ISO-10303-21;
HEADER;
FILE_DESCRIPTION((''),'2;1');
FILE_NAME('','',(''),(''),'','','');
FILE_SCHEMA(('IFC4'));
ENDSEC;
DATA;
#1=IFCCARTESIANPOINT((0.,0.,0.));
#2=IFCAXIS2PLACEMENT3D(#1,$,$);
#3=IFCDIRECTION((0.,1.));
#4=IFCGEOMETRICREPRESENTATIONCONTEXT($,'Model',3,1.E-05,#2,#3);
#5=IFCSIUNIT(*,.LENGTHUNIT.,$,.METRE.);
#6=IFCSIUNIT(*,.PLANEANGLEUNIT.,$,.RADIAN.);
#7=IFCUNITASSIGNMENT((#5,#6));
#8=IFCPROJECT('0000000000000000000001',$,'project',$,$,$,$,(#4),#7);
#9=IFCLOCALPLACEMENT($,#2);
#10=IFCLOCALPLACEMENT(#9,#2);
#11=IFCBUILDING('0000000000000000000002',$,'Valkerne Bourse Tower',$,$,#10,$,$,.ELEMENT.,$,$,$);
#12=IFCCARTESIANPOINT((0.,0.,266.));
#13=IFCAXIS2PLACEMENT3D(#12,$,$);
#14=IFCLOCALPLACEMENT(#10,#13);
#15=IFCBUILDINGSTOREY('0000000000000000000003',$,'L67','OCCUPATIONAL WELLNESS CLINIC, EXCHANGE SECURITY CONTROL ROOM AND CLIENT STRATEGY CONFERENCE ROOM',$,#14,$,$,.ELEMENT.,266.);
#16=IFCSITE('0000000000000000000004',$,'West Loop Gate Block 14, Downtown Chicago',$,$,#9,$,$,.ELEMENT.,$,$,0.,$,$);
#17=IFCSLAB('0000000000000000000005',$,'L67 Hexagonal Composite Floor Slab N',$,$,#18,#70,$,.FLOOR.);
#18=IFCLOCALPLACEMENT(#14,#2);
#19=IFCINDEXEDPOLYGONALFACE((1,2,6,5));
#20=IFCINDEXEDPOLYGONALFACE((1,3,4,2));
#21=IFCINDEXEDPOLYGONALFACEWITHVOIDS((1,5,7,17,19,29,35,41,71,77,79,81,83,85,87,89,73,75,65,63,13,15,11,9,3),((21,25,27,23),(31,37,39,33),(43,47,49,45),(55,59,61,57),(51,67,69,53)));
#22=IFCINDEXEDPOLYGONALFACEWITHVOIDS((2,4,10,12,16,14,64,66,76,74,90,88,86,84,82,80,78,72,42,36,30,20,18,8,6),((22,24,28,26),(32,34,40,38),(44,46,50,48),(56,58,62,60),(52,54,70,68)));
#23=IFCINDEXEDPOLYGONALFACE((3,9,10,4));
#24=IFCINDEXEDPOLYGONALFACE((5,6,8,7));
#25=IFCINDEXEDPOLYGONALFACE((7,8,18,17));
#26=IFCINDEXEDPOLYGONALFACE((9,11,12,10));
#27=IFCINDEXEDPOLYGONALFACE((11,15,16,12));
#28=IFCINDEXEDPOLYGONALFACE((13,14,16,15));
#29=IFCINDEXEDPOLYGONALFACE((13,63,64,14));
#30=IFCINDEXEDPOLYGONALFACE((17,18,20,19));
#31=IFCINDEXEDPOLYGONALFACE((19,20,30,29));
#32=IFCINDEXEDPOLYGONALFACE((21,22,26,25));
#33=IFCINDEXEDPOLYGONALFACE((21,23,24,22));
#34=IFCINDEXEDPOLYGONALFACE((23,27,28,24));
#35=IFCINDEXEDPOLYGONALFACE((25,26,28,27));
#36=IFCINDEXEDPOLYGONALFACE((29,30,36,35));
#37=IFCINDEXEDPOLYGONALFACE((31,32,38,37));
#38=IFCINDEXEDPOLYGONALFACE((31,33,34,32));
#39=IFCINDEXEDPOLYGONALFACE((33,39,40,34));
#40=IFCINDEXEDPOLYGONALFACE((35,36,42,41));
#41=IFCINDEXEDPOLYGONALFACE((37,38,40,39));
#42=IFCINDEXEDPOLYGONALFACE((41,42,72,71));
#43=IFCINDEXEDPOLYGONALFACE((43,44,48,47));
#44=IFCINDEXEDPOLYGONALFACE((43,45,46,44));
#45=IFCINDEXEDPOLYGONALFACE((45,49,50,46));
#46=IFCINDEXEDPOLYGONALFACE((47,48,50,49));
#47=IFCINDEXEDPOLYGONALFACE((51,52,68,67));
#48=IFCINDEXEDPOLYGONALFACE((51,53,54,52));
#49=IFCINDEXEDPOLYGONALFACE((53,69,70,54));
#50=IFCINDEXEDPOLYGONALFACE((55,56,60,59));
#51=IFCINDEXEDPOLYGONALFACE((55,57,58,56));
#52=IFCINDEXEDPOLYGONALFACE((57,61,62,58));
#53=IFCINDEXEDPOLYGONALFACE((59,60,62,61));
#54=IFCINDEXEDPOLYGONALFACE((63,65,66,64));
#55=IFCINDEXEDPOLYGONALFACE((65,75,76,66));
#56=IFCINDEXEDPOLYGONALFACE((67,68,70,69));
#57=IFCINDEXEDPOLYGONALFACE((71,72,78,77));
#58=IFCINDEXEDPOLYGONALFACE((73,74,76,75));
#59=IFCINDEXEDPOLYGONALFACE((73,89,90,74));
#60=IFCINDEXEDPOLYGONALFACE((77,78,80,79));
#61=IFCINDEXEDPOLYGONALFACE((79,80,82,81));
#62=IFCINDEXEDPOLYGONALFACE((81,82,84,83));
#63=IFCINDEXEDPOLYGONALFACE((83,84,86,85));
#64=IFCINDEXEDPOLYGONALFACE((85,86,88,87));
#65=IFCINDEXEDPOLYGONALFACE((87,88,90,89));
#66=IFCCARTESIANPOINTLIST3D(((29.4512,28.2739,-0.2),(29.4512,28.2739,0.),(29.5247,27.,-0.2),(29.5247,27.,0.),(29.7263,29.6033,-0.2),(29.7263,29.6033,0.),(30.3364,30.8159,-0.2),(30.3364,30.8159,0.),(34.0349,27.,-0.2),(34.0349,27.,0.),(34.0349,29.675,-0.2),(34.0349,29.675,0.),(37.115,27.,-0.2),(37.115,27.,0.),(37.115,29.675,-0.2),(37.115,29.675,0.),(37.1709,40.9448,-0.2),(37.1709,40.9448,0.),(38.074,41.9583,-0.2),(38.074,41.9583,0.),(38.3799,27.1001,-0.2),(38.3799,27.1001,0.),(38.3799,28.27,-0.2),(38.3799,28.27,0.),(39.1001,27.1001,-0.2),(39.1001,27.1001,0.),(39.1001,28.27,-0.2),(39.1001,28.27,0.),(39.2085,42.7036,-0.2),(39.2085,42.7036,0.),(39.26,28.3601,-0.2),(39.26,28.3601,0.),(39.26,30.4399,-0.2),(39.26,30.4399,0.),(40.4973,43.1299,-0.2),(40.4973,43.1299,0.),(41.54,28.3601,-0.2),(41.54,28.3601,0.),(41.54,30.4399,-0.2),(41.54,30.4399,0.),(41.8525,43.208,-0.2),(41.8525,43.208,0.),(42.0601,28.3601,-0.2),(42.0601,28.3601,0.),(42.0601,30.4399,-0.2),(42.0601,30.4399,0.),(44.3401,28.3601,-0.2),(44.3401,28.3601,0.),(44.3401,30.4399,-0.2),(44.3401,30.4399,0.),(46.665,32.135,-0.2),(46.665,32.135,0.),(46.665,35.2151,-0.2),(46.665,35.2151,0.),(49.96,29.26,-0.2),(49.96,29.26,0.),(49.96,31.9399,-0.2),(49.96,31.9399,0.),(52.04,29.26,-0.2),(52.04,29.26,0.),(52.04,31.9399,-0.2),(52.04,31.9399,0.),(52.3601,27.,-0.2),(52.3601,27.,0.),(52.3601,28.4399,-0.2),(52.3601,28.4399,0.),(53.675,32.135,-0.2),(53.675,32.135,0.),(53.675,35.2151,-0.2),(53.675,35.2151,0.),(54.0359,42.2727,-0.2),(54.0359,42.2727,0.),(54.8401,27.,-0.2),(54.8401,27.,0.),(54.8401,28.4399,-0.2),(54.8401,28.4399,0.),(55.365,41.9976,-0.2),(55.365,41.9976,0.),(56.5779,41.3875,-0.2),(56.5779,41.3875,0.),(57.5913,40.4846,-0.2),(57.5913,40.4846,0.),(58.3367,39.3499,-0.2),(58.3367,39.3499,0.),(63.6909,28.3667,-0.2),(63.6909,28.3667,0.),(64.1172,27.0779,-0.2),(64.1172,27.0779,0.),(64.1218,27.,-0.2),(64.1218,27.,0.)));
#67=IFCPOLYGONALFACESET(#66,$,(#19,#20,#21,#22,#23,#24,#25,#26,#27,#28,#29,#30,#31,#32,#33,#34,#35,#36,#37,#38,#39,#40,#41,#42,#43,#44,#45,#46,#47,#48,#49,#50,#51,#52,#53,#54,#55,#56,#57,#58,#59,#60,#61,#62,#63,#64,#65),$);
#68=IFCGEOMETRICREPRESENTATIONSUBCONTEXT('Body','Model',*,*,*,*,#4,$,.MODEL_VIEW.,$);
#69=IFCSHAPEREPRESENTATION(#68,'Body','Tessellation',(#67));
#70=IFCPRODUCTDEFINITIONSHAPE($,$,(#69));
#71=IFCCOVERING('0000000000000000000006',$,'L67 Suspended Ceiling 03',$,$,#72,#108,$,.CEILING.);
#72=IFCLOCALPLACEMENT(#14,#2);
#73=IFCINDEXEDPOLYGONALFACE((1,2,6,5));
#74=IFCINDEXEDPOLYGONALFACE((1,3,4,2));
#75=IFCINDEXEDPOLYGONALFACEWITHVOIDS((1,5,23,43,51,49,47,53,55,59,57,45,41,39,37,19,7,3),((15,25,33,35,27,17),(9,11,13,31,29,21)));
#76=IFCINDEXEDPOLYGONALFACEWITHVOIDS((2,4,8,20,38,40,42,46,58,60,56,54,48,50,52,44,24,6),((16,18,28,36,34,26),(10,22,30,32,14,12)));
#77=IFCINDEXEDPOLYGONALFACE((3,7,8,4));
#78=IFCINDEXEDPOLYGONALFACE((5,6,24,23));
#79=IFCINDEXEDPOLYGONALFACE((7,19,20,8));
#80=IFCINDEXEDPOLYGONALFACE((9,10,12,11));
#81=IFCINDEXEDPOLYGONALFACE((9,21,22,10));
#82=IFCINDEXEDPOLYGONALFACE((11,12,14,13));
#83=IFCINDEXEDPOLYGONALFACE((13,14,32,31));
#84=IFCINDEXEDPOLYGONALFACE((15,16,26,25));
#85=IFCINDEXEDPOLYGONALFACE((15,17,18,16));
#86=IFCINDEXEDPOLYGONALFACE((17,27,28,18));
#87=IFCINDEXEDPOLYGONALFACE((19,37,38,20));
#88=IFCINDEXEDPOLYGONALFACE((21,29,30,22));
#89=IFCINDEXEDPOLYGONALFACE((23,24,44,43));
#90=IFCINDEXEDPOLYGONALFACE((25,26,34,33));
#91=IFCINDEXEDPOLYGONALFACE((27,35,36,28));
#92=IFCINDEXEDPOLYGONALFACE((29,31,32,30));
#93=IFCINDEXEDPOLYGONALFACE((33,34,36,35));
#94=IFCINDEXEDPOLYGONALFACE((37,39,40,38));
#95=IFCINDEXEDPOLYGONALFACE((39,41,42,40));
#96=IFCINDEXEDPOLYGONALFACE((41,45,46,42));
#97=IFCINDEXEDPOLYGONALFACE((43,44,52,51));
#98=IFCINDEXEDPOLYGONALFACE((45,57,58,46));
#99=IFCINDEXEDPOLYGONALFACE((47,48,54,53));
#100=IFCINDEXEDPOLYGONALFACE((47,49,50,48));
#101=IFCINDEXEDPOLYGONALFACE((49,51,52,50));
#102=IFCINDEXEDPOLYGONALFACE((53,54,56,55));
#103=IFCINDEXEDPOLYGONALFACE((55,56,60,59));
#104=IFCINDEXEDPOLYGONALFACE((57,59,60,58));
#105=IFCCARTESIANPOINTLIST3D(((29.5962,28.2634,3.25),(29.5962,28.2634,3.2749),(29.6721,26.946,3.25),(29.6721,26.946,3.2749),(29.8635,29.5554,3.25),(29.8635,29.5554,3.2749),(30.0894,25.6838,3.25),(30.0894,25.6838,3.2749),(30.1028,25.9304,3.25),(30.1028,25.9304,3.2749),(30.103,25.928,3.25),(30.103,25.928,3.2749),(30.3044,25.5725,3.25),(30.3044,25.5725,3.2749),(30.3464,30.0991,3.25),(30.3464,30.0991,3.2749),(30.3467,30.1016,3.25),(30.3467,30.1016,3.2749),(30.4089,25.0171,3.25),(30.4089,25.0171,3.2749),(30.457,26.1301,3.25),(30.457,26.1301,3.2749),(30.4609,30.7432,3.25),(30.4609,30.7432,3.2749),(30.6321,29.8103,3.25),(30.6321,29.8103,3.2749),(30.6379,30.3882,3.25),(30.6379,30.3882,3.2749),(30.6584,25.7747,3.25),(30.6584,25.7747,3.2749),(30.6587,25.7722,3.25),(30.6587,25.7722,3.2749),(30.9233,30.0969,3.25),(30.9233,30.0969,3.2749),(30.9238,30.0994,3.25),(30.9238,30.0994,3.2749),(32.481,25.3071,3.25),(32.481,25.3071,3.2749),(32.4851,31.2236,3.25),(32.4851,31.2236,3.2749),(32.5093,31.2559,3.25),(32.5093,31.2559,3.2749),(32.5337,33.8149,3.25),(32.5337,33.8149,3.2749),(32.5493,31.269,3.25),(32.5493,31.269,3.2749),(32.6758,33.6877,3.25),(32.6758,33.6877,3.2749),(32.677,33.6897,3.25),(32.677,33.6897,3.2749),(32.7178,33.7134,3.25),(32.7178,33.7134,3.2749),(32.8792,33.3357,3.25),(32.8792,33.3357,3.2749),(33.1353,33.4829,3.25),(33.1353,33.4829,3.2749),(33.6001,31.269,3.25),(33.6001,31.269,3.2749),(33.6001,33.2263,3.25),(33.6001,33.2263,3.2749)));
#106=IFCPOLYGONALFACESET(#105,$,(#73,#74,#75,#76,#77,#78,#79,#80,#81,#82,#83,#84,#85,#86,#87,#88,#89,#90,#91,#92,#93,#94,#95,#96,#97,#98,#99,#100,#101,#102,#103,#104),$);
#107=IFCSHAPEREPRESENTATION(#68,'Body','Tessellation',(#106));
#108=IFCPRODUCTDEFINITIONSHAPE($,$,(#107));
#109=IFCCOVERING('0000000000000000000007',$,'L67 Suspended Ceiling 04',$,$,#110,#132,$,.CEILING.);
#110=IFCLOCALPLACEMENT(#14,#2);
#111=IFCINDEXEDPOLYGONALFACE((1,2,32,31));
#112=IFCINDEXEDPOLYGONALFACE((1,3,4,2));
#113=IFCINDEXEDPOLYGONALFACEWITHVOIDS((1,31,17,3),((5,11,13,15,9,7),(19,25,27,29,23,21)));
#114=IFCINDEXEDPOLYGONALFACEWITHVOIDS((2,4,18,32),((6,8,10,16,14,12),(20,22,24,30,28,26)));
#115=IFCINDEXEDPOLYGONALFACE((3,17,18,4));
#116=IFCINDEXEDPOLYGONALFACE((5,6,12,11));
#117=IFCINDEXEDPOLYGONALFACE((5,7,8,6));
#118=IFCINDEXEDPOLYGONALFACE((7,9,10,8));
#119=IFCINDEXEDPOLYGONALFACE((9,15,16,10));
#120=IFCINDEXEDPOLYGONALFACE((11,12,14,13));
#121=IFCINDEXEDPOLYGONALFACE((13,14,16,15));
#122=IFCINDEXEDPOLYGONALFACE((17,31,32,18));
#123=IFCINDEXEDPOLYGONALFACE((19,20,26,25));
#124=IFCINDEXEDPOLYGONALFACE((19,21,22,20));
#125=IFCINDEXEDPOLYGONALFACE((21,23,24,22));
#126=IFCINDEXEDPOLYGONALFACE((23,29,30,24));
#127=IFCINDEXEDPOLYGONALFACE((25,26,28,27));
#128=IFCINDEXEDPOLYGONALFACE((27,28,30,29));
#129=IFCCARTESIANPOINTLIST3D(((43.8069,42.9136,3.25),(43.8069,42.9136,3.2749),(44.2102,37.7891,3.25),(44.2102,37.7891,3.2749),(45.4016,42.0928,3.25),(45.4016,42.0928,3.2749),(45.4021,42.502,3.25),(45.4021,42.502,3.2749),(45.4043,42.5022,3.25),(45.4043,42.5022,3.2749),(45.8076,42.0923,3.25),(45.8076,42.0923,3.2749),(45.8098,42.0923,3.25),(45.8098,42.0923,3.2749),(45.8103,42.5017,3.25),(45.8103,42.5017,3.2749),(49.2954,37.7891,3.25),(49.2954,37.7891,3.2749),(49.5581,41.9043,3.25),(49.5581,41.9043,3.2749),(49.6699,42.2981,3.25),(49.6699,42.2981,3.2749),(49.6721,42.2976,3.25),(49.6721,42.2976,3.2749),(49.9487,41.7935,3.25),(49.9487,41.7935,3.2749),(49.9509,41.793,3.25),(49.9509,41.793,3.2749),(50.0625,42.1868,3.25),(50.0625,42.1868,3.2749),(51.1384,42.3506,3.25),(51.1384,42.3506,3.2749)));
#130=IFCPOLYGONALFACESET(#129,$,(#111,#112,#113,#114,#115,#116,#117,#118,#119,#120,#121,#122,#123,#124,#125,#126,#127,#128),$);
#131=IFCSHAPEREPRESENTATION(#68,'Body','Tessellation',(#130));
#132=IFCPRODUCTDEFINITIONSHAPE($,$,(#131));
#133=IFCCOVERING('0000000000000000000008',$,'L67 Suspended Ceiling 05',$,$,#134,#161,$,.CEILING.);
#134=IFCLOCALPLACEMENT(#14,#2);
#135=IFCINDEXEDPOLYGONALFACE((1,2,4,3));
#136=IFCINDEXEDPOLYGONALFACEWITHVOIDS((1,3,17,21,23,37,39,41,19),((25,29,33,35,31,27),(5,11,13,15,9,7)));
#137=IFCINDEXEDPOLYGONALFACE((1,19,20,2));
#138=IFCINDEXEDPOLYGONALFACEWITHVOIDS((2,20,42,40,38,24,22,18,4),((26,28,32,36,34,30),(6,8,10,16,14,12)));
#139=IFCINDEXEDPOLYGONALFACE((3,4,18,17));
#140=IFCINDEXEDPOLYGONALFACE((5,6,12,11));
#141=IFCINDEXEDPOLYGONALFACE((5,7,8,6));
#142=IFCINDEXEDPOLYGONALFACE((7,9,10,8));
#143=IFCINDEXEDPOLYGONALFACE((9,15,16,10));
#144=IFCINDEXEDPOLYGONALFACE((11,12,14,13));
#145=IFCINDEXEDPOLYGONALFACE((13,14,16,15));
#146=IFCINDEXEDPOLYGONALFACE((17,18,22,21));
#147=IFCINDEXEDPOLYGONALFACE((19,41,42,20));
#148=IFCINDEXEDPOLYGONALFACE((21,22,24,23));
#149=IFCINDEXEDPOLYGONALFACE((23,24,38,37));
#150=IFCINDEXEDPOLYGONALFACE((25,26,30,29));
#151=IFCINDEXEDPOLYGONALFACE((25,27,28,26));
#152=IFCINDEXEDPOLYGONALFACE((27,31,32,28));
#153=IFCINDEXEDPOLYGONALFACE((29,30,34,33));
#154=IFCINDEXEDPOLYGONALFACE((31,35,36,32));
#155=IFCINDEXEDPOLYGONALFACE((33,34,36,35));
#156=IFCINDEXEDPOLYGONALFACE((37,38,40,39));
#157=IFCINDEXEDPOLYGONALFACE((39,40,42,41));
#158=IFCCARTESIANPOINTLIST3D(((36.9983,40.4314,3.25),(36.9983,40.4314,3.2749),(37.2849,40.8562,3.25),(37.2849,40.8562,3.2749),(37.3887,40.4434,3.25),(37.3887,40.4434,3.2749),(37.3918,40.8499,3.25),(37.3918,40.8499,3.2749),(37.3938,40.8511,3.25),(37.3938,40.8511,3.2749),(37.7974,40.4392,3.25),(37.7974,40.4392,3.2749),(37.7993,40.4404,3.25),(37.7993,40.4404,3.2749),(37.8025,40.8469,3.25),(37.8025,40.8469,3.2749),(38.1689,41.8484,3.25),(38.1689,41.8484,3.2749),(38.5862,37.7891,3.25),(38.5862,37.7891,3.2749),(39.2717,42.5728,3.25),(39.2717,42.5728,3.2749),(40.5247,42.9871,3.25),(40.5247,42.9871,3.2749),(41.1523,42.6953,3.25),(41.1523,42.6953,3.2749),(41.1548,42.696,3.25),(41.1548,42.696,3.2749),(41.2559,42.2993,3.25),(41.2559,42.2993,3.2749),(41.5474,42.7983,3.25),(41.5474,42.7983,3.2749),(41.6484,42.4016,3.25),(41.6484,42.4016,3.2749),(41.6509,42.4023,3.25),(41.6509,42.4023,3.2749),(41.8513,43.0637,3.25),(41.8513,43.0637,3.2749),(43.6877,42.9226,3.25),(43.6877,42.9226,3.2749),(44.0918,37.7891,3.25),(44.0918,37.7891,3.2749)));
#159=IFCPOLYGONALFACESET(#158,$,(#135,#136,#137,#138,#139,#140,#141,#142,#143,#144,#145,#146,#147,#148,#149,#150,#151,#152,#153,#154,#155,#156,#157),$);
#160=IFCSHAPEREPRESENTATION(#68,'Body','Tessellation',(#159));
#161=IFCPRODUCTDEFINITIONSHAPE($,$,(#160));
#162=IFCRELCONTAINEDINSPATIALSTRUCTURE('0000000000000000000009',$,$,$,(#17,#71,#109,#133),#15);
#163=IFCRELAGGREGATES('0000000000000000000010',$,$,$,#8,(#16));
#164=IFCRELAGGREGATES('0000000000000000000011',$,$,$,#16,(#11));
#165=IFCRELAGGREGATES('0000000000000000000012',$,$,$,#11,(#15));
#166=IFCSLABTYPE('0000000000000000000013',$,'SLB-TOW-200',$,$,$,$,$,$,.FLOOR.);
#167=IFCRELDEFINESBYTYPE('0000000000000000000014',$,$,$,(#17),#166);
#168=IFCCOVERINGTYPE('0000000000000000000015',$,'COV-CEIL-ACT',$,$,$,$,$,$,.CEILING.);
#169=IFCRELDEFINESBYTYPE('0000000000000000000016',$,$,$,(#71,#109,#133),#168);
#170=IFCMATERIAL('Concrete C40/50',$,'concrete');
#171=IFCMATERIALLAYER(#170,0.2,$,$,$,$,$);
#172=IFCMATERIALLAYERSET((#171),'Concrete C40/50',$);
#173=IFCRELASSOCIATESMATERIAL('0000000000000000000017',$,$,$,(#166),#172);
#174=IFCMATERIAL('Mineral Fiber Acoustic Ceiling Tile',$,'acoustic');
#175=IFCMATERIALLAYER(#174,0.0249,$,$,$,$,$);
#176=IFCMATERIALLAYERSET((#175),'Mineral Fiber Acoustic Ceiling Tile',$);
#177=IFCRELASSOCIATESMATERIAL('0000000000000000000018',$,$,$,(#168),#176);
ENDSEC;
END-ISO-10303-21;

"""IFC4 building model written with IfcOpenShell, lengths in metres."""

from ifc_helpers import new_model, si_unit, direction, frame, origin, place, context, subcontext, project, spatial, polyline, outline, extrude, material, layer, layer_set, type_object, element, save


model = new_model("IFC4")

# Units and contexts
model_context = context("Model", 3, precision=1e-05, world=origin(), true_north=direction((0.0, 1.0)))
body_context = subcontext(model_context, "Body", "Model", "MODEL_VIEW")
ifc_project = project(units=[si_unit("LENGTHUNIT", "METRE"), si_unit("PLANEANGLEUNIT", "RADIAN")], contexts=[model_context])

# Site, building, storey
site_placement = place(None, origin())
site = spatial("IfcSite", under=ifc_project, at=site_placement, Name="West Loop Gate Block 14, Downtown Chicago", CompositionType="ELEMENT", RefElevation=0.0)
building_placement = place(site_placement, origin())
building = spatial("IfcBuilding", under=site, at=building_placement, Name="Valkerne Bourse Tower", CompositionType="ELEMENT")
storey_placement = place(building_placement, frame((0.0, 0.0, 266.0)))
storey = spatial("IfcBuildingStorey", under=building, at=storey_placement, Name="L67", Description="OCCUPATIONAL WELLNESS CLINIC, EXCHANGE SECURITY CONTROL ROOM AND CLIENT STRATEGY CONFERENCE ROOM", CompositionType="ELEMENT", Elevation=266.0)

# Shared definitions
ifc_material_1 = material(Name="Concrete C40/50", Category="concrete")

# Slab
ifc_layer_1 = layer(ifc_material_1, 0.2)
ifc_layer_set_1 = layer_set([ifc_layer_1], Name="Concrete C40/50")
slab_type_1 = type_object("IfcSlabType", Name="SLB-TOW-200", PredefinedType="FLOOR", material=ifc_layer_set_1)
slab_1_placement = place(storey_placement, frame((0.0, 0.0, -0.2)))
element("IfcSlab", 1, at=slab_1_placement, inside=storey, type_object=slab_type_1, Name="L67 Hexagonal Composite Floor Slab N", PredefinedType="FLOOR", context=body_context, shape_type="SweptSolid", body=[
    extrude(outline(polyline([(64.1172, 27.0779), (64.1218, 27.0), (54.8401, 27.0), (54.8401, 28.4399), (52.3601, 28.4399), (52.3601, 27.0), (37.115, 27.0), (37.115, 29.675), (34.0349, 29.675), (34.0349, 27.0), (29.5247, 27.0), (29.4512, 28.2739), (29.7263, 29.6033), (30.3364, 30.8159), (37.1709, 40.9448), (38.074, 41.9583), (39.2085, 42.7036), (40.4973, 43.1299), (41.8525, 43.208), (54.0359, 42.2727), (55.365, 41.9976), (56.5779, 41.3875), (57.5913, 40.4846), (58.3367, 39.3499), (63.6909, 28.3667), (64.1172, 27.0779)]), holes=[polyline([(39.1001, 28.27), (38.3799, 28.27), (38.3799, 27.1001), (39.1001, 27.1001), (39.1001, 28.27)]), polyline([(41.54, 30.4399), (39.26, 30.4399), (39.26, 28.3601), (41.54, 28.3601), (41.54, 30.4399)]), polyline([(42.0601, 30.4399), (42.0601, 28.3601), (44.3401, 28.3601), (44.3401, 30.4399), (42.0601, 30.4399)]), polyline([(52.04, 31.9399), (49.96, 31.9399), (49.96, 29.26), (52.04, 29.26), (52.04, 31.9399)]), polyline([(53.675, 35.2151), (46.665, 35.2151), (46.665, 32.135), (53.675, 32.135), (53.675, 35.2151)])]), origin(), (0.0, 0.0, 1.0), 0.2),
])

# Coverings
ifc_material_2 = material(Name="Mineral Fiber Acoustic Ceiling Tile", Category="acoustic")
ifc_layer_2 = layer(ifc_material_2, 0.0249)
ifc_layer_set_2 = layer_set([ifc_layer_2], Name="Mineral Fiber Acoustic Ceiling Tile")
covering_type_1 = type_object("IfcCoveringType", Name="COV-CEIL-ACT", PredefinedType="CEILING", material=ifc_layer_set_2)
covering_1_placement = place(storey_placement, frame((0.0, 0.0, 3.25)))
element("IfcCovering", 2, at=covering_1_placement, inside=storey, type_object=covering_type_1, Name="L67 Suspended Ceiling 03", PredefinedType="CEILING", context=body_context, shape_type="SweptSolid", body=[
    extrude(outline(polyline([(29.5962, 28.2634), (29.8635, 29.5554), (30.4609, 30.7432), (32.5337, 33.8149), (32.7178, 33.7134), (32.677, 33.6897), (32.6758, 33.6877), (32.8792, 33.3357), (33.1353, 33.4829), (33.6001, 33.2263), (33.6001, 31.269), (32.5493, 31.269), (32.5093, 31.2559), (32.4851, 31.2236), (32.481, 25.3071), (30.4089, 25.0171), (30.0894, 25.6838), (29.6721, 26.946), (29.5962, 28.2634)]), holes=[polyline([(30.6584, 25.7747), (30.457, 26.1301), (30.1028, 25.9304), (30.103, 25.928), (30.3044, 25.5725), (30.6587, 25.7722), (30.6584, 25.7747)]), polyline([(30.9238, 30.0994), (30.6379, 30.3882), (30.3467, 30.1016), (30.3464, 30.0991), (30.6321, 29.8103), (30.9233, 30.0969), (30.9238, 30.0994)])]), origin(), (0.0, 0.0, 1.0), 0.0249),
])
covering_2_placement = place(storey_placement, frame((0.0, 0.0, 3.25)))
element("IfcCovering", 3, at=covering_2_placement, inside=storey, type_object=covering_type_1, Name="L67 Suspended Ceiling 04", PredefinedType="CEILING", context=body_context, shape_type="SweptSolid", body=[
    extrude(outline(polyline([(44.2102, 37.7891), (43.8069, 42.9136), (51.1384, 42.3506), (49.2954, 37.7891), (44.2102, 37.7891)]), holes=[polyline([(45.8098, 42.0923), (45.8103, 42.5017), (45.4043, 42.5022), (45.4021, 42.502), (45.4016, 42.0928), (45.8076, 42.0923), (45.8098, 42.0923)]), polyline([(50.0625, 42.1868), (49.6721, 42.2976), (49.6699, 42.2981), (49.5581, 41.9043), (49.9487, 41.7935), (49.9509, 41.793), (50.0625, 42.1868)])]), origin(), (0.0, 0.0, 1.0), 0.0249),
])
covering_3_placement = place(storey_placement, frame((0.0, 0.0, 3.25)))
element("IfcCovering", 4, at=covering_3_placement, inside=storey, type_object=covering_type_1, Name="L67 Suspended Ceiling 05", PredefinedType="CEILING", context=body_context, shape_type="SweptSolid", body=[
    extrude(outline(polyline([(39.2717, 42.5728), (40.5247, 42.9871), (41.8513, 43.0637), (43.6877, 42.9226), (44.0918, 37.7891), (38.5862, 37.7891), (36.9983, 40.4314), (37.2849, 40.8562), (38.1689, 41.8484), (39.2717, 42.5728)]), holes=[polyline([(37.7993, 40.4404), (37.8025, 40.8469), (37.3938, 40.8511), (37.3918, 40.8499), (37.3887, 40.4434), (37.7974, 40.4392), (37.7993, 40.4404)]), polyline([(41.6509, 42.4023), (41.5474, 42.7983), (41.1548, 42.696), (41.1523, 42.6953), (41.2559, 42.2993), (41.6484, 42.4016), (41.6509, 42.4023)])]), origin(), (0.0, 0.0, 1.0), 0.0249),
])

save(model, "model.ifc")
